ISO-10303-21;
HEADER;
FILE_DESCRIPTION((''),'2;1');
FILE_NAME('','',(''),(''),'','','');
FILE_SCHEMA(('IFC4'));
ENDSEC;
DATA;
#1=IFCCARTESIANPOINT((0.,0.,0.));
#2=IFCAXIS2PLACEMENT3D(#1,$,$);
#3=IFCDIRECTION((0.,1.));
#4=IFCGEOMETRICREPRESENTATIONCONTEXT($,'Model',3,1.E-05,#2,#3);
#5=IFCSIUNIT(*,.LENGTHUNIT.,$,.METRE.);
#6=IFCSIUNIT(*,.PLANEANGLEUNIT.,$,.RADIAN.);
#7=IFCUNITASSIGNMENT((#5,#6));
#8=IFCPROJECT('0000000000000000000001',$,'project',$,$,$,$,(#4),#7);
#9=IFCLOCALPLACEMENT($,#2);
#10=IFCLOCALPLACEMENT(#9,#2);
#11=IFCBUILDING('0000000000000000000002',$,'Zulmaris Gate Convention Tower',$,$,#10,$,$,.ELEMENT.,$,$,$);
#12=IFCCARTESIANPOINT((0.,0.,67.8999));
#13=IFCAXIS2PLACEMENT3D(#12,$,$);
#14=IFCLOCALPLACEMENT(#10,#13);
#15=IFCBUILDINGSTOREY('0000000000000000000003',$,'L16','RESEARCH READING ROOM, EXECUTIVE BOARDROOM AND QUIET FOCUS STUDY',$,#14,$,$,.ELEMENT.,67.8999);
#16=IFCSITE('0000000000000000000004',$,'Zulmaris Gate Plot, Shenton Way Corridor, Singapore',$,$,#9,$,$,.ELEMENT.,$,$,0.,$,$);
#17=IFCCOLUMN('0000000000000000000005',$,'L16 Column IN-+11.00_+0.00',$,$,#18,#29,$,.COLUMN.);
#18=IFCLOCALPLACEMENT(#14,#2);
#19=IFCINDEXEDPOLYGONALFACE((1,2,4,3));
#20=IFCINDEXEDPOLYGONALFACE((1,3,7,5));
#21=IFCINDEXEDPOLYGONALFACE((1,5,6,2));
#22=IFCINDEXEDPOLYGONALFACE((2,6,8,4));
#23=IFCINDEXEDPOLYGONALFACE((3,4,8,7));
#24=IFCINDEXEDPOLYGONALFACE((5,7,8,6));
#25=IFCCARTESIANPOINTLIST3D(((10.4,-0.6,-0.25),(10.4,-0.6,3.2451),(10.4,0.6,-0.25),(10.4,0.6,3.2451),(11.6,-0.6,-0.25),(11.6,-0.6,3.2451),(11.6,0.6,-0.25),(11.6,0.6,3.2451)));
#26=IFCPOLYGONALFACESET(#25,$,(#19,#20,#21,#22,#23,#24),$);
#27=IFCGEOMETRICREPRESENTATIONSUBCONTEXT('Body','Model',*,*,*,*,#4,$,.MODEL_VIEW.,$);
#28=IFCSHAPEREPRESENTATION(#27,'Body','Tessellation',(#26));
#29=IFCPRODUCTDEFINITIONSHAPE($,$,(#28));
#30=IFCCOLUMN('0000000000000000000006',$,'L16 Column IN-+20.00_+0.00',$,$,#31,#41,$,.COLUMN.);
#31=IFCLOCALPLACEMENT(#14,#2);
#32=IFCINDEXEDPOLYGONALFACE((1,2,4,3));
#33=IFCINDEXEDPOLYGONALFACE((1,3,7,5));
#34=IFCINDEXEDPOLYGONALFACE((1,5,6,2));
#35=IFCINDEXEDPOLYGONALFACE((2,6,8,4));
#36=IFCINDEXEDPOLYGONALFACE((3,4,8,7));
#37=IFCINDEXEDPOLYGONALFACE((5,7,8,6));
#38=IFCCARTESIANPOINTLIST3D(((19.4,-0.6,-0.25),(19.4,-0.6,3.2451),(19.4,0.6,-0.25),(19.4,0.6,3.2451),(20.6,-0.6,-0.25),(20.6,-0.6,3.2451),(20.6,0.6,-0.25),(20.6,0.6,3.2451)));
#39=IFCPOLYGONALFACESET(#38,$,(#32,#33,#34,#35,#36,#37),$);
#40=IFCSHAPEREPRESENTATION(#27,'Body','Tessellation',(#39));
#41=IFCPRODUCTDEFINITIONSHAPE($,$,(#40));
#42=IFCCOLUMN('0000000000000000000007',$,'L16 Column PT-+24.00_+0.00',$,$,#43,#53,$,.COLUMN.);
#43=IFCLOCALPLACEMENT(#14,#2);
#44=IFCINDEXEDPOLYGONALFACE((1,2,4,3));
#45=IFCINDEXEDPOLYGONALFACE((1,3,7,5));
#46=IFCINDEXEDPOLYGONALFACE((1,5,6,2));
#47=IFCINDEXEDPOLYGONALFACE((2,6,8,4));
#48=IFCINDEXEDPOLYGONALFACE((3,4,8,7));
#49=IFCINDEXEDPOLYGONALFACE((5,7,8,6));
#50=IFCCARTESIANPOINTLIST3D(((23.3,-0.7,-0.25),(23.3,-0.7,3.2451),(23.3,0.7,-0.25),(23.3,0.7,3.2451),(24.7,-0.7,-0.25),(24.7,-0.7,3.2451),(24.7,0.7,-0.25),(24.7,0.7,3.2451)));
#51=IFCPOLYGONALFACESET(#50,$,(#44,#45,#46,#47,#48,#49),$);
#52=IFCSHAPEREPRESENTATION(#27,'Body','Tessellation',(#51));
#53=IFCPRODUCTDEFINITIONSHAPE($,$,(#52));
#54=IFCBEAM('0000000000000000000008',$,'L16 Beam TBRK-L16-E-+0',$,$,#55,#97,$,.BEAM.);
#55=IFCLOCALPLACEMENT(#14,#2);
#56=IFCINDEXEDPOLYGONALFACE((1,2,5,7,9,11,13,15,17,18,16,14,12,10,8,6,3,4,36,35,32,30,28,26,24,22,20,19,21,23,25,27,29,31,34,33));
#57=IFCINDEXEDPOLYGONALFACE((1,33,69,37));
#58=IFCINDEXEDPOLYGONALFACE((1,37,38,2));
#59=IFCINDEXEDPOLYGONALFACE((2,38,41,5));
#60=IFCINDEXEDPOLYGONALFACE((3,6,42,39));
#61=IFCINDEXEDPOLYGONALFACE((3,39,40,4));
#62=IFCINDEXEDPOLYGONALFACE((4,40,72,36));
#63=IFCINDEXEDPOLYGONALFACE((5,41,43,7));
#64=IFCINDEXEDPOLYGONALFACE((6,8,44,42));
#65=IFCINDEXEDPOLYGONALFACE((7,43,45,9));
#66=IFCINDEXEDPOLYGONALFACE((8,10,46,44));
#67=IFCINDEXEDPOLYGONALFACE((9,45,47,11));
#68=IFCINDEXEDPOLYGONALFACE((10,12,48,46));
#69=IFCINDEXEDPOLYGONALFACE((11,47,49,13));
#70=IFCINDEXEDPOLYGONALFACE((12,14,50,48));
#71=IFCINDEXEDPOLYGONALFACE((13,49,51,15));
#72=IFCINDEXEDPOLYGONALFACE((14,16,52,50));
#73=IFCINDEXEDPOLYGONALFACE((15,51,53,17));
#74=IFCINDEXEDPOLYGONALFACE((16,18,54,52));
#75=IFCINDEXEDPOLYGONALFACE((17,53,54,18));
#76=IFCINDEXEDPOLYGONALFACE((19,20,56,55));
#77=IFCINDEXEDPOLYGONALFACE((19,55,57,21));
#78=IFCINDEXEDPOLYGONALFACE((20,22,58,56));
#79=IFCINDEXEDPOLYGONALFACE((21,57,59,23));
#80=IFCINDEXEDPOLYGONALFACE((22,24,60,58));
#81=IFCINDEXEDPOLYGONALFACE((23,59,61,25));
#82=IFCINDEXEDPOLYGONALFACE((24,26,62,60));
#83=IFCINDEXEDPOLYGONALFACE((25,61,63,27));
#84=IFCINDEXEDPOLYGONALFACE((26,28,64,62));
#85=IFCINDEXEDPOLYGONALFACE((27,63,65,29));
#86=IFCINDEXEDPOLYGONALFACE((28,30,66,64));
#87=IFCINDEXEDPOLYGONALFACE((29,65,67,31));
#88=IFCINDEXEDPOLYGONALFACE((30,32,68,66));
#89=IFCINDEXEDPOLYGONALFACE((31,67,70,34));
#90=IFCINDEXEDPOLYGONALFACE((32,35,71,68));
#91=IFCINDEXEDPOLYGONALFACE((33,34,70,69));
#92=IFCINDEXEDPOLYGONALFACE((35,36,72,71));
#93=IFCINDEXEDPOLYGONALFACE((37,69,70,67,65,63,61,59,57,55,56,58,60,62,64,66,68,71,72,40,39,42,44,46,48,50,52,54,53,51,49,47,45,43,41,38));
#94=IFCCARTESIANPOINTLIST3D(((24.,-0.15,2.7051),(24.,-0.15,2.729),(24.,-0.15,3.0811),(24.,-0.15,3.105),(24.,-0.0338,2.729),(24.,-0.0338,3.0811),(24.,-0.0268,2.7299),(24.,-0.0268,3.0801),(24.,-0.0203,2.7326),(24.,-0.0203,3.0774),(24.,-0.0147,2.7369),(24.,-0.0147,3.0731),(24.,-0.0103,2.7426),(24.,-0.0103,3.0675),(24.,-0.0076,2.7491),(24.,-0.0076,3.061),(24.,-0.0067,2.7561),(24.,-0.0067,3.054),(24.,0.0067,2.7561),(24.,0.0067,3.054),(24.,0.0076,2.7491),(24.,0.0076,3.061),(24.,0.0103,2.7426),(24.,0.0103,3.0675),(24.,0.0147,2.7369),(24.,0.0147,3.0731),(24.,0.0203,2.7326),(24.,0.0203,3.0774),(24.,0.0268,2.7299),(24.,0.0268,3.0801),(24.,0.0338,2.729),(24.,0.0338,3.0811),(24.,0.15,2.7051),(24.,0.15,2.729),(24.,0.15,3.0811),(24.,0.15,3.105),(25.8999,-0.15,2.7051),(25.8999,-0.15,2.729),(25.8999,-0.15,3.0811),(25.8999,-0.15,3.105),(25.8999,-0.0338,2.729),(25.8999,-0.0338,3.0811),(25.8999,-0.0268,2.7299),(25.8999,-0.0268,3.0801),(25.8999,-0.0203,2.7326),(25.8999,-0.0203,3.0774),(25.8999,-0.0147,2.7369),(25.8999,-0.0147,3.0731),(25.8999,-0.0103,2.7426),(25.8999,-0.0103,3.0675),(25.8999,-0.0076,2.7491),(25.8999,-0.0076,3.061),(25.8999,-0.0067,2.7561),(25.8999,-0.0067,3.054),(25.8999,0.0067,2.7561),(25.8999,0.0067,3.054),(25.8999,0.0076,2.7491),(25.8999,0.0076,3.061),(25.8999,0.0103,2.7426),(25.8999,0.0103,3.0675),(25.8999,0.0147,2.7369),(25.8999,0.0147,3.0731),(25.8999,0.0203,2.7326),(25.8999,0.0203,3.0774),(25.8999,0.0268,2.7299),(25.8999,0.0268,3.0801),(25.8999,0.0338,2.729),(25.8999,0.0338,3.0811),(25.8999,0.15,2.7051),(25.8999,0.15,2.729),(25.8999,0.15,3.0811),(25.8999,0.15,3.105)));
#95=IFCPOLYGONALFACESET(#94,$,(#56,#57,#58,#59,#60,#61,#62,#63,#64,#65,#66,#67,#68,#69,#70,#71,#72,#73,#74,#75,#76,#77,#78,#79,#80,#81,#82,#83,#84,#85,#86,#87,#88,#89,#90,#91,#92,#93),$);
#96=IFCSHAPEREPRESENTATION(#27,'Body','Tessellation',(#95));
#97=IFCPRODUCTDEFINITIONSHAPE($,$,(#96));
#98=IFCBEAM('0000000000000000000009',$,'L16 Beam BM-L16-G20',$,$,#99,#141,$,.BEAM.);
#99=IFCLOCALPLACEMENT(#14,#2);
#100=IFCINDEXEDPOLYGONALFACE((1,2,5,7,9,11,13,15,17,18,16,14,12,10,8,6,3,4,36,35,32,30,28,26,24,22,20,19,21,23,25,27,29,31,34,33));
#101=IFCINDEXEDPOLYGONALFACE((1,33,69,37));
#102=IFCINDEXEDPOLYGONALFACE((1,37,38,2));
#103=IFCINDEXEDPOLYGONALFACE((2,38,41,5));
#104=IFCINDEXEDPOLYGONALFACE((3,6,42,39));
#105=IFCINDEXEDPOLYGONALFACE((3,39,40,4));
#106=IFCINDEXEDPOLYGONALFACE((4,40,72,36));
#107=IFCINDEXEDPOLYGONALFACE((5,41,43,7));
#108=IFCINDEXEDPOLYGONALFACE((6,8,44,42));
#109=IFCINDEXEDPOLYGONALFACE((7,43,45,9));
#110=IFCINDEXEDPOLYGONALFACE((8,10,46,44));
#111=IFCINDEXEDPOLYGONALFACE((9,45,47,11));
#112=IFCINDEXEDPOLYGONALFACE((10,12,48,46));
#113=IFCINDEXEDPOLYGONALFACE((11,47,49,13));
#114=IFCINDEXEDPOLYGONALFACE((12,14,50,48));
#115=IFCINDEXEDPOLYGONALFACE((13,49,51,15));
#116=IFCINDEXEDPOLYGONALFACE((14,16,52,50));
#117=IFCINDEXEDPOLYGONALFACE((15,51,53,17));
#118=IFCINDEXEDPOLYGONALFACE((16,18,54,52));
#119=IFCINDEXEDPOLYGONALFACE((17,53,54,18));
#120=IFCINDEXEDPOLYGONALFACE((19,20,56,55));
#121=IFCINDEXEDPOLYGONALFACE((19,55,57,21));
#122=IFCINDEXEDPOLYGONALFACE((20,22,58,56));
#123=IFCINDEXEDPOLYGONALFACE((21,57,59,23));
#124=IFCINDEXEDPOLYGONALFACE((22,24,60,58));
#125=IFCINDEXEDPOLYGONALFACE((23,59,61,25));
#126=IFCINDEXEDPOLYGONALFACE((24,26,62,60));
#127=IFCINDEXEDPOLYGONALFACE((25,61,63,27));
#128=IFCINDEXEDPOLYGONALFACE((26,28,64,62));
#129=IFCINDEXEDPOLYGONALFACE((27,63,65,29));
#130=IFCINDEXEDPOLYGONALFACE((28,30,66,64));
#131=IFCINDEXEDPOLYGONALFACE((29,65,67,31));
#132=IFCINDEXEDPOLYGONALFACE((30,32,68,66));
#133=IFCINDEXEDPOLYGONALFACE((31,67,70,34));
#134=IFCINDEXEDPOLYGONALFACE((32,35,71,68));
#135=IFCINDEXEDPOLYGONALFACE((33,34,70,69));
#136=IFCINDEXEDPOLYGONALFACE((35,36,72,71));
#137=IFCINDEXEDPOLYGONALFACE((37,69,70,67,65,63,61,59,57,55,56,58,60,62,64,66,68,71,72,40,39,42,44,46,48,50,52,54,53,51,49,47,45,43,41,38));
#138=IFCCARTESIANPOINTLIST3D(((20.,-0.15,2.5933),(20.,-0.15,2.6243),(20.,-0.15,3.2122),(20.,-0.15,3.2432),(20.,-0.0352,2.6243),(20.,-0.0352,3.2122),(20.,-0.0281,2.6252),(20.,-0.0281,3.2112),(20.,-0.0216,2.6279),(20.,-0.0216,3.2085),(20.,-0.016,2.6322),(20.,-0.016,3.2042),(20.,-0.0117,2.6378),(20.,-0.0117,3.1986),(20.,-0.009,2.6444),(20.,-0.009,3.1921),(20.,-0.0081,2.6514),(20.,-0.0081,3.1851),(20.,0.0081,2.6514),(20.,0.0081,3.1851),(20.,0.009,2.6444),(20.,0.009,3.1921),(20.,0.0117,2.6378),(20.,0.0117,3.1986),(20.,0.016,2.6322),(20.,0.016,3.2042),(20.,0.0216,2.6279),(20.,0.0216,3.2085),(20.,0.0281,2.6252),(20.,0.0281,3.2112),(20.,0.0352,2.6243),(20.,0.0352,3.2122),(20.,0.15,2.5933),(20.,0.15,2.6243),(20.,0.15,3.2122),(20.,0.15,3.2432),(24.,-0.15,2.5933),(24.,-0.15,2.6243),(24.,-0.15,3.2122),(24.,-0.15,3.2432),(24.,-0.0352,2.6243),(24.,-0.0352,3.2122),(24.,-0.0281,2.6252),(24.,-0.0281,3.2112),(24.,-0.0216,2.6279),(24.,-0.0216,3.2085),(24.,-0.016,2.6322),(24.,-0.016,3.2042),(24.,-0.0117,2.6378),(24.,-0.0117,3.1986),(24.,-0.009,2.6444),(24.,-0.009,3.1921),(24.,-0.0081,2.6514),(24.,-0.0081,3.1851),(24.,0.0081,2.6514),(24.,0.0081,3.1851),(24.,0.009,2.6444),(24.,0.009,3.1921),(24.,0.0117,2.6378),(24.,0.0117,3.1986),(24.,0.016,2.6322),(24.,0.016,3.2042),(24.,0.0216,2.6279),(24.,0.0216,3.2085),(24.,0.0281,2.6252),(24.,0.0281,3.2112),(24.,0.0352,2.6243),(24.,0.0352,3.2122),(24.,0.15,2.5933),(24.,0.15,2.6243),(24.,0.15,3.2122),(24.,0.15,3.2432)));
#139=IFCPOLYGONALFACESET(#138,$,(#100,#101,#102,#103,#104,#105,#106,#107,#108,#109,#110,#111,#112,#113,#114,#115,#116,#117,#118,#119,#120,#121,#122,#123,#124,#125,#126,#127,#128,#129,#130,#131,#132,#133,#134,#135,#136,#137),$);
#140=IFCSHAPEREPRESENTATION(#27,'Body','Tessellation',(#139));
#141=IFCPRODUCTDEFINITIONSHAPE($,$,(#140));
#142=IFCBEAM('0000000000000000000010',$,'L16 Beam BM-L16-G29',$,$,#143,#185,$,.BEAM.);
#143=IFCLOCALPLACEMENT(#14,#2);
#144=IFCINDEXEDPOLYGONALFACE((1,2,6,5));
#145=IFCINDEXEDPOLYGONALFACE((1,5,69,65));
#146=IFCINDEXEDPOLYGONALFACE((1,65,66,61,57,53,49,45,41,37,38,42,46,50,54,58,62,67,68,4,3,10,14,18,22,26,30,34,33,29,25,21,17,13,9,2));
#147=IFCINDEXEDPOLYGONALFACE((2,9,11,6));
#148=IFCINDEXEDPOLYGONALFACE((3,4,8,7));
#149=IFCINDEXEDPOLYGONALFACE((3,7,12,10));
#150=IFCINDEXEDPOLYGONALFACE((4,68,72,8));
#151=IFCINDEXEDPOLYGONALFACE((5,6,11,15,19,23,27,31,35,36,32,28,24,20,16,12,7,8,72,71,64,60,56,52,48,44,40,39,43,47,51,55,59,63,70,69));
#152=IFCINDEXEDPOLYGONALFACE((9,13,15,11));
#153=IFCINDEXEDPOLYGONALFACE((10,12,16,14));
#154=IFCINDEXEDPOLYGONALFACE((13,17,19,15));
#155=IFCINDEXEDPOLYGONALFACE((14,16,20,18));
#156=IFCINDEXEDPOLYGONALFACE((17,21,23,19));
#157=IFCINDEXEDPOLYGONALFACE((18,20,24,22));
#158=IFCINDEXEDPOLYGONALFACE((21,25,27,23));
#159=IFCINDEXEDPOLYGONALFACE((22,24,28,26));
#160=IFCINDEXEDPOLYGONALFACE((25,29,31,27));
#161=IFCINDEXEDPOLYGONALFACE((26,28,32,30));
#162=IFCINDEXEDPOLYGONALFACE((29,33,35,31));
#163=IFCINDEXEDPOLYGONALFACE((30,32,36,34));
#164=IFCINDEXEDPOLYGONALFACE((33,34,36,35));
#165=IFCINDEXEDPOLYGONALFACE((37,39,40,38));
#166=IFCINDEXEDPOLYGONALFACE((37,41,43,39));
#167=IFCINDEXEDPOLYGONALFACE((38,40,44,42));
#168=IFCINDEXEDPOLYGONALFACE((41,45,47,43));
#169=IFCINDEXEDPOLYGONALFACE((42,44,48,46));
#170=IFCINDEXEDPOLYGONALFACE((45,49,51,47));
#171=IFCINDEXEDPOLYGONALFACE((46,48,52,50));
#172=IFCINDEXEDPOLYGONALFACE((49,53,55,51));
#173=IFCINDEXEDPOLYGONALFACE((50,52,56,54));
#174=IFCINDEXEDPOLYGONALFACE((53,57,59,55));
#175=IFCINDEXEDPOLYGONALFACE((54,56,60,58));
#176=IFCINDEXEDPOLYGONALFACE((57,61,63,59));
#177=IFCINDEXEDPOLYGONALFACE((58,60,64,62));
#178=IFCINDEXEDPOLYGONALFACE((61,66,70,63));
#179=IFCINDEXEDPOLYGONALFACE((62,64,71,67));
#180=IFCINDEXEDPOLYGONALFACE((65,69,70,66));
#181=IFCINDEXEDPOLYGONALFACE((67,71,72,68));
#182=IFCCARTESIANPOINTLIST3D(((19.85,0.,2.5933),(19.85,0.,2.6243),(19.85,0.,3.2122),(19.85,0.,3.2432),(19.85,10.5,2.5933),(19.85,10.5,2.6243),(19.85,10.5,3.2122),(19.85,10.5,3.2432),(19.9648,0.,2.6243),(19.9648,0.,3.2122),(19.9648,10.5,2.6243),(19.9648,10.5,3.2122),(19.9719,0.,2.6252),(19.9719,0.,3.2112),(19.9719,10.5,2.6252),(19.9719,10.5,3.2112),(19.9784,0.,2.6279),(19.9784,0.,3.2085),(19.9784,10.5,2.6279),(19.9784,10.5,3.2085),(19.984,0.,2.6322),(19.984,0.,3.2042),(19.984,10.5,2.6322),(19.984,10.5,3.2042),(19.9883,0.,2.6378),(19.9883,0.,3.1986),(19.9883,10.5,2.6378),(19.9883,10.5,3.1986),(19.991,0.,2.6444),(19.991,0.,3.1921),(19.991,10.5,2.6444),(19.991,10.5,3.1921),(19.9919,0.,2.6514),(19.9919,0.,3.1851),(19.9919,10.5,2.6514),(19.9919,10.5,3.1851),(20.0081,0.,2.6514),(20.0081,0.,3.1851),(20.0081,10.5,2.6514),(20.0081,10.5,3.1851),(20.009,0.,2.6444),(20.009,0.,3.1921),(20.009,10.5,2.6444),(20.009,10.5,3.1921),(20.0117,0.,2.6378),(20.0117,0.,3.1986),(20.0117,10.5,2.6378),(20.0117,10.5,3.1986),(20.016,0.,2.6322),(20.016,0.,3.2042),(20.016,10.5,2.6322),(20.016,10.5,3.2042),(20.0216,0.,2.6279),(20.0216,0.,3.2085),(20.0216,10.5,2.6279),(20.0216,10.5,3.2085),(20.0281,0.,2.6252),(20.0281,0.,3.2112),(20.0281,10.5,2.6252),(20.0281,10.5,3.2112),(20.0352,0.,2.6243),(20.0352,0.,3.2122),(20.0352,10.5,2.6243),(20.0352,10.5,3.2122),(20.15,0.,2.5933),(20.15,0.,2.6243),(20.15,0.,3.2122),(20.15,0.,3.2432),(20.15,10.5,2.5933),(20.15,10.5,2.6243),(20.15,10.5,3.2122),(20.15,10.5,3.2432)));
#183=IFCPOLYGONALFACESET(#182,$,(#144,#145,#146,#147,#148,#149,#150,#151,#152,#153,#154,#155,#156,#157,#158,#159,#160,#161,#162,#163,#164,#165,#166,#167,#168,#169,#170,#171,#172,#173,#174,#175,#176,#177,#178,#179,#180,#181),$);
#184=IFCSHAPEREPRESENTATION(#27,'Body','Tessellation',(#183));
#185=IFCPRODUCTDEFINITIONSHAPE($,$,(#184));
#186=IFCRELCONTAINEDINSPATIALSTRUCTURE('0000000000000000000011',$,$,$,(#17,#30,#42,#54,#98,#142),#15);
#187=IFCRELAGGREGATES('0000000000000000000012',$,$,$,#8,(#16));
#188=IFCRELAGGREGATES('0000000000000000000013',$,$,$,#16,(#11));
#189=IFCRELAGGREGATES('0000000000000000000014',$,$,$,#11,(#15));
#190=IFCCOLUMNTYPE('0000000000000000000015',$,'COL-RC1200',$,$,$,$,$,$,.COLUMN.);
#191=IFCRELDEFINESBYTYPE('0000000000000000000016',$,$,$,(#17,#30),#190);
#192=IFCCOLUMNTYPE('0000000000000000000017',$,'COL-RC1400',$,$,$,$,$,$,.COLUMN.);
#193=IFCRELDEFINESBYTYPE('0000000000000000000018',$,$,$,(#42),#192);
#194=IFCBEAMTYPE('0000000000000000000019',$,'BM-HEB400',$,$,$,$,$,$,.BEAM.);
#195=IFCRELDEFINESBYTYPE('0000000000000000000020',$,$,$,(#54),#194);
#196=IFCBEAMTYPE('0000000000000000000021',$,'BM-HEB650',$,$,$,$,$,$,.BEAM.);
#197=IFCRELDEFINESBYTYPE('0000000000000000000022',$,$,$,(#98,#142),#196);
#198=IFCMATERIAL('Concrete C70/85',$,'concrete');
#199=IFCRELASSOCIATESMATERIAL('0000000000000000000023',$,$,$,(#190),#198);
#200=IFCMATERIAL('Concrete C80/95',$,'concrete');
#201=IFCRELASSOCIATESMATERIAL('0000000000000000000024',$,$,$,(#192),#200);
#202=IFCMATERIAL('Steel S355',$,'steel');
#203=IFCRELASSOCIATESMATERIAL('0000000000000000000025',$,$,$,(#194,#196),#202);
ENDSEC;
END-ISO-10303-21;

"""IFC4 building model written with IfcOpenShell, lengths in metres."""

from ifc_helpers import new_model, si_unit, direction, frame, origin, origin_2d, place, context, subcontext, project, spatial, rectangle, i_section, extrude, material, material_profile, profile_set, type_object, element, save


model = new_model("IFC4")

# Units and contexts
model_context = context("Model", 3, precision=1e-05, world=origin(), true_north=direction((0.0, 1.0)))
body_context = subcontext(model_context, "Body", "Model", "MODEL_VIEW")
ifc_project = project(units=[si_unit("LENGTHUNIT", "METRE"), si_unit("PLANEANGLEUNIT", "RADIAN")], contexts=[model_context])

# Site, building, storey
site_placement = place(None, origin())
site = spatial("IfcSite", under=ifc_project, at=site_placement, Name="Zulmaris Gate Plot, Shenton Way Corridor, Singapore", CompositionType="ELEMENT", RefElevation=0.0)
building_placement = place(site_placement, origin())
building = spatial("IfcBuilding", under=site, at=building_placement, Name="Zulmaris Gate Convention Tower", CompositionType="ELEMENT")
storey_placement = place(building_placement, frame((0.0, 0.0, 67.8999)))
storey = spatial("IfcBuildingStorey", under=building, at=storey_placement, Name="L16", Description="RESEARCH READING ROOM, EXECUTIVE BOARDROOM AND QUIET FOCUS STUDY", CompositionType="ELEMENT", Elevation=67.8999)

# Columns
ifc_material_1 = material(Name="Concrete C70/85", Category="concrete")
ifc_material_profile_1 = material_profile(ifc_material_1, rectangle(XDim=1.2, YDim=1.2, at=origin_2d()), Name="RC COL 1200x1200")
ifc_profile_set_1 = profile_set([ifc_material_profile_1], Name="Concrete C70/85")
column_type_1 = type_object("IfcColumnType", Name="COL-RC1200", PredefinedType="COLUMN", material=ifc_profile_set_1)
for number, where, z_axis, x_axis, name in (
    (1, (11.0, 0.0, -0.25), (0.0, 0.0, 1.0), (1.0, 0.0, 0.0), "L16 Column IN-+11.00_+0.00"),
    (2, (20.0, 0.0, -0.25), (0.0, 0.0, 1.0), (1.0, 0.0, 0.0), "L16 Column IN-+20.00_+0.00"),
):
    element("IfcColumn", number, at=place(storey_placement, frame(where, z_axis=z_axis, x_axis=x_axis)), inside=storey, type_object=column_type_1, Name=name, PredefinedType="COLUMN", context=body_context, shape_type="SweptSolid", body=[
        extrude(rectangle(XDim=1.2, YDim=1.2, at=origin_2d()), origin(), (0.0, 0.0, 1.0), 3.4951),
    ])
ifc_material_2 = material(Name="Concrete C80/95", Category="concrete")
ifc_material_profile_2 = material_profile(ifc_material_2, rectangle(XDim=1.3999, YDim=1.3999, at=origin_2d()), Name="RC COL 1400x1400")
ifc_profile_set_2 = profile_set([ifc_material_profile_2], Name="Concrete C80/95")
column_type_2 = type_object("IfcColumnType", Name="COL-RC1400", PredefinedType="COLUMN", material=ifc_profile_set_2)
column_placement = place(storey_placement, frame((24.0, 0.0, -0.25), z_axis=(0.0, 0.0, 1.0), x_axis=(1.0, 0.0, 0.0)))
element("IfcColumn", 3, at=column_placement, inside=storey, type_object=column_type_2, Name="L16 Column PT-+24.00_+0.00", PredefinedType="COLUMN", context=body_context, shape_type="SweptSolid", body=[
    extrude(rectangle(XDim=1.3999, YDim=1.3999, at=origin_2d()), origin(), (0.0, 0.0, 1.0), 3.4951),
])

# Beams
ifc_material_3 = material(Name="Steel S355", Category="steel")
ifc_material_profile_3 = material_profile(ifc_material_3, i_section(OverallWidth=0.3, OverallDepth=0.3999, WebThickness=0.0134, FlangeThickness=0.0239, FilletRadius=0.0271, at=origin_2d()), Name="HEB 400")
ifc_profile_set_3 = profile_set([ifc_material_profile_3], Name="Steel S355")
beam_type_1 = type_object("IfcBeamType", Name="BM-HEB400", PredefinedType="BEAM", material=ifc_profile_set_3)
beam_1_placement = place(storey_placement, frame((24.0, 0.0, 2.905), z_axis=(1.0, 0.0, 0.0), x_axis=(0.0, 1.0, 0.0)))
element("IfcBeam", 4, at=beam_1_placement, inside=storey, type_object=beam_type_1, Name="L16 Beam TBRK-L16-E-+0", PredefinedType="BEAM", context=body_context, shape_type="SweptSolid", body=[
    extrude(i_section(OverallWidth=0.3, OverallDepth=0.3999, WebThickness=0.0134, FlangeThickness=0.0239, FilletRadius=0.0271, at=origin_2d()), origin(), (0.0, 0.0, 1.0), 1.8999),
])
ifc_material_profile_4 = material_profile(ifc_material_3, i_section(OverallWidth=0.3, OverallDepth=0.6499, WebThickness=0.0161, FlangeThickness=0.031, FilletRadius=0.0271, at=origin_2d()), Name="HEB 650")
ifc_profile_set_4 = profile_set([ifc_material_profile_4], Name="Steel S355")
beam_type_2 = type_object("IfcBeamType", Name="BM-HEB650", PredefinedType="BEAM", material=ifc_profile_set_4)
beam_2_placement = place(storey_placement, frame((20.0, 0.0, 2.9182), z_axis=(1.0, 0.0, 0.0), x_axis=(0.0, 1.0, 0.0)))
element("IfcBeam", 5, at=beam_2_placement, inside=storey, type_object=beam_type_2, Name="L16 Beam BM-L16-G20", PredefinedType="BEAM", context=body_context, shape_type="SweptSolid", body=[
    extrude(i_section(OverallWidth=0.3, OverallDepth=0.6499, WebThickness=0.0161, FlangeThickness=0.031, FilletRadius=0.0271, at=origin_2d()), origin(), (0.0, 0.0, 1.0), 4.0),
])
beam_3_placement = place(storey_placement, frame((20.0, 0.0, 2.9182), z_axis=(0.0, 1.0, 0.0), x_axis=(-1.0, 0.0, 0.0)))
element("IfcBeam", 6, at=beam_3_placement, inside=storey, type_object=beam_type_2, Name="L16 Beam BM-L16-G29", PredefinedType="BEAM", context=body_context, shape_type="SweptSolid", body=[
    extrude(i_section(OverallWidth=0.3, OverallDepth=0.6499, WebThickness=0.0161, FlangeThickness=0.031, FilletRadius=0.0271, at=origin_2d()), origin(), (0.0, 0.0, 1.0), 10.5),
])

save(model, "model.ifc")
